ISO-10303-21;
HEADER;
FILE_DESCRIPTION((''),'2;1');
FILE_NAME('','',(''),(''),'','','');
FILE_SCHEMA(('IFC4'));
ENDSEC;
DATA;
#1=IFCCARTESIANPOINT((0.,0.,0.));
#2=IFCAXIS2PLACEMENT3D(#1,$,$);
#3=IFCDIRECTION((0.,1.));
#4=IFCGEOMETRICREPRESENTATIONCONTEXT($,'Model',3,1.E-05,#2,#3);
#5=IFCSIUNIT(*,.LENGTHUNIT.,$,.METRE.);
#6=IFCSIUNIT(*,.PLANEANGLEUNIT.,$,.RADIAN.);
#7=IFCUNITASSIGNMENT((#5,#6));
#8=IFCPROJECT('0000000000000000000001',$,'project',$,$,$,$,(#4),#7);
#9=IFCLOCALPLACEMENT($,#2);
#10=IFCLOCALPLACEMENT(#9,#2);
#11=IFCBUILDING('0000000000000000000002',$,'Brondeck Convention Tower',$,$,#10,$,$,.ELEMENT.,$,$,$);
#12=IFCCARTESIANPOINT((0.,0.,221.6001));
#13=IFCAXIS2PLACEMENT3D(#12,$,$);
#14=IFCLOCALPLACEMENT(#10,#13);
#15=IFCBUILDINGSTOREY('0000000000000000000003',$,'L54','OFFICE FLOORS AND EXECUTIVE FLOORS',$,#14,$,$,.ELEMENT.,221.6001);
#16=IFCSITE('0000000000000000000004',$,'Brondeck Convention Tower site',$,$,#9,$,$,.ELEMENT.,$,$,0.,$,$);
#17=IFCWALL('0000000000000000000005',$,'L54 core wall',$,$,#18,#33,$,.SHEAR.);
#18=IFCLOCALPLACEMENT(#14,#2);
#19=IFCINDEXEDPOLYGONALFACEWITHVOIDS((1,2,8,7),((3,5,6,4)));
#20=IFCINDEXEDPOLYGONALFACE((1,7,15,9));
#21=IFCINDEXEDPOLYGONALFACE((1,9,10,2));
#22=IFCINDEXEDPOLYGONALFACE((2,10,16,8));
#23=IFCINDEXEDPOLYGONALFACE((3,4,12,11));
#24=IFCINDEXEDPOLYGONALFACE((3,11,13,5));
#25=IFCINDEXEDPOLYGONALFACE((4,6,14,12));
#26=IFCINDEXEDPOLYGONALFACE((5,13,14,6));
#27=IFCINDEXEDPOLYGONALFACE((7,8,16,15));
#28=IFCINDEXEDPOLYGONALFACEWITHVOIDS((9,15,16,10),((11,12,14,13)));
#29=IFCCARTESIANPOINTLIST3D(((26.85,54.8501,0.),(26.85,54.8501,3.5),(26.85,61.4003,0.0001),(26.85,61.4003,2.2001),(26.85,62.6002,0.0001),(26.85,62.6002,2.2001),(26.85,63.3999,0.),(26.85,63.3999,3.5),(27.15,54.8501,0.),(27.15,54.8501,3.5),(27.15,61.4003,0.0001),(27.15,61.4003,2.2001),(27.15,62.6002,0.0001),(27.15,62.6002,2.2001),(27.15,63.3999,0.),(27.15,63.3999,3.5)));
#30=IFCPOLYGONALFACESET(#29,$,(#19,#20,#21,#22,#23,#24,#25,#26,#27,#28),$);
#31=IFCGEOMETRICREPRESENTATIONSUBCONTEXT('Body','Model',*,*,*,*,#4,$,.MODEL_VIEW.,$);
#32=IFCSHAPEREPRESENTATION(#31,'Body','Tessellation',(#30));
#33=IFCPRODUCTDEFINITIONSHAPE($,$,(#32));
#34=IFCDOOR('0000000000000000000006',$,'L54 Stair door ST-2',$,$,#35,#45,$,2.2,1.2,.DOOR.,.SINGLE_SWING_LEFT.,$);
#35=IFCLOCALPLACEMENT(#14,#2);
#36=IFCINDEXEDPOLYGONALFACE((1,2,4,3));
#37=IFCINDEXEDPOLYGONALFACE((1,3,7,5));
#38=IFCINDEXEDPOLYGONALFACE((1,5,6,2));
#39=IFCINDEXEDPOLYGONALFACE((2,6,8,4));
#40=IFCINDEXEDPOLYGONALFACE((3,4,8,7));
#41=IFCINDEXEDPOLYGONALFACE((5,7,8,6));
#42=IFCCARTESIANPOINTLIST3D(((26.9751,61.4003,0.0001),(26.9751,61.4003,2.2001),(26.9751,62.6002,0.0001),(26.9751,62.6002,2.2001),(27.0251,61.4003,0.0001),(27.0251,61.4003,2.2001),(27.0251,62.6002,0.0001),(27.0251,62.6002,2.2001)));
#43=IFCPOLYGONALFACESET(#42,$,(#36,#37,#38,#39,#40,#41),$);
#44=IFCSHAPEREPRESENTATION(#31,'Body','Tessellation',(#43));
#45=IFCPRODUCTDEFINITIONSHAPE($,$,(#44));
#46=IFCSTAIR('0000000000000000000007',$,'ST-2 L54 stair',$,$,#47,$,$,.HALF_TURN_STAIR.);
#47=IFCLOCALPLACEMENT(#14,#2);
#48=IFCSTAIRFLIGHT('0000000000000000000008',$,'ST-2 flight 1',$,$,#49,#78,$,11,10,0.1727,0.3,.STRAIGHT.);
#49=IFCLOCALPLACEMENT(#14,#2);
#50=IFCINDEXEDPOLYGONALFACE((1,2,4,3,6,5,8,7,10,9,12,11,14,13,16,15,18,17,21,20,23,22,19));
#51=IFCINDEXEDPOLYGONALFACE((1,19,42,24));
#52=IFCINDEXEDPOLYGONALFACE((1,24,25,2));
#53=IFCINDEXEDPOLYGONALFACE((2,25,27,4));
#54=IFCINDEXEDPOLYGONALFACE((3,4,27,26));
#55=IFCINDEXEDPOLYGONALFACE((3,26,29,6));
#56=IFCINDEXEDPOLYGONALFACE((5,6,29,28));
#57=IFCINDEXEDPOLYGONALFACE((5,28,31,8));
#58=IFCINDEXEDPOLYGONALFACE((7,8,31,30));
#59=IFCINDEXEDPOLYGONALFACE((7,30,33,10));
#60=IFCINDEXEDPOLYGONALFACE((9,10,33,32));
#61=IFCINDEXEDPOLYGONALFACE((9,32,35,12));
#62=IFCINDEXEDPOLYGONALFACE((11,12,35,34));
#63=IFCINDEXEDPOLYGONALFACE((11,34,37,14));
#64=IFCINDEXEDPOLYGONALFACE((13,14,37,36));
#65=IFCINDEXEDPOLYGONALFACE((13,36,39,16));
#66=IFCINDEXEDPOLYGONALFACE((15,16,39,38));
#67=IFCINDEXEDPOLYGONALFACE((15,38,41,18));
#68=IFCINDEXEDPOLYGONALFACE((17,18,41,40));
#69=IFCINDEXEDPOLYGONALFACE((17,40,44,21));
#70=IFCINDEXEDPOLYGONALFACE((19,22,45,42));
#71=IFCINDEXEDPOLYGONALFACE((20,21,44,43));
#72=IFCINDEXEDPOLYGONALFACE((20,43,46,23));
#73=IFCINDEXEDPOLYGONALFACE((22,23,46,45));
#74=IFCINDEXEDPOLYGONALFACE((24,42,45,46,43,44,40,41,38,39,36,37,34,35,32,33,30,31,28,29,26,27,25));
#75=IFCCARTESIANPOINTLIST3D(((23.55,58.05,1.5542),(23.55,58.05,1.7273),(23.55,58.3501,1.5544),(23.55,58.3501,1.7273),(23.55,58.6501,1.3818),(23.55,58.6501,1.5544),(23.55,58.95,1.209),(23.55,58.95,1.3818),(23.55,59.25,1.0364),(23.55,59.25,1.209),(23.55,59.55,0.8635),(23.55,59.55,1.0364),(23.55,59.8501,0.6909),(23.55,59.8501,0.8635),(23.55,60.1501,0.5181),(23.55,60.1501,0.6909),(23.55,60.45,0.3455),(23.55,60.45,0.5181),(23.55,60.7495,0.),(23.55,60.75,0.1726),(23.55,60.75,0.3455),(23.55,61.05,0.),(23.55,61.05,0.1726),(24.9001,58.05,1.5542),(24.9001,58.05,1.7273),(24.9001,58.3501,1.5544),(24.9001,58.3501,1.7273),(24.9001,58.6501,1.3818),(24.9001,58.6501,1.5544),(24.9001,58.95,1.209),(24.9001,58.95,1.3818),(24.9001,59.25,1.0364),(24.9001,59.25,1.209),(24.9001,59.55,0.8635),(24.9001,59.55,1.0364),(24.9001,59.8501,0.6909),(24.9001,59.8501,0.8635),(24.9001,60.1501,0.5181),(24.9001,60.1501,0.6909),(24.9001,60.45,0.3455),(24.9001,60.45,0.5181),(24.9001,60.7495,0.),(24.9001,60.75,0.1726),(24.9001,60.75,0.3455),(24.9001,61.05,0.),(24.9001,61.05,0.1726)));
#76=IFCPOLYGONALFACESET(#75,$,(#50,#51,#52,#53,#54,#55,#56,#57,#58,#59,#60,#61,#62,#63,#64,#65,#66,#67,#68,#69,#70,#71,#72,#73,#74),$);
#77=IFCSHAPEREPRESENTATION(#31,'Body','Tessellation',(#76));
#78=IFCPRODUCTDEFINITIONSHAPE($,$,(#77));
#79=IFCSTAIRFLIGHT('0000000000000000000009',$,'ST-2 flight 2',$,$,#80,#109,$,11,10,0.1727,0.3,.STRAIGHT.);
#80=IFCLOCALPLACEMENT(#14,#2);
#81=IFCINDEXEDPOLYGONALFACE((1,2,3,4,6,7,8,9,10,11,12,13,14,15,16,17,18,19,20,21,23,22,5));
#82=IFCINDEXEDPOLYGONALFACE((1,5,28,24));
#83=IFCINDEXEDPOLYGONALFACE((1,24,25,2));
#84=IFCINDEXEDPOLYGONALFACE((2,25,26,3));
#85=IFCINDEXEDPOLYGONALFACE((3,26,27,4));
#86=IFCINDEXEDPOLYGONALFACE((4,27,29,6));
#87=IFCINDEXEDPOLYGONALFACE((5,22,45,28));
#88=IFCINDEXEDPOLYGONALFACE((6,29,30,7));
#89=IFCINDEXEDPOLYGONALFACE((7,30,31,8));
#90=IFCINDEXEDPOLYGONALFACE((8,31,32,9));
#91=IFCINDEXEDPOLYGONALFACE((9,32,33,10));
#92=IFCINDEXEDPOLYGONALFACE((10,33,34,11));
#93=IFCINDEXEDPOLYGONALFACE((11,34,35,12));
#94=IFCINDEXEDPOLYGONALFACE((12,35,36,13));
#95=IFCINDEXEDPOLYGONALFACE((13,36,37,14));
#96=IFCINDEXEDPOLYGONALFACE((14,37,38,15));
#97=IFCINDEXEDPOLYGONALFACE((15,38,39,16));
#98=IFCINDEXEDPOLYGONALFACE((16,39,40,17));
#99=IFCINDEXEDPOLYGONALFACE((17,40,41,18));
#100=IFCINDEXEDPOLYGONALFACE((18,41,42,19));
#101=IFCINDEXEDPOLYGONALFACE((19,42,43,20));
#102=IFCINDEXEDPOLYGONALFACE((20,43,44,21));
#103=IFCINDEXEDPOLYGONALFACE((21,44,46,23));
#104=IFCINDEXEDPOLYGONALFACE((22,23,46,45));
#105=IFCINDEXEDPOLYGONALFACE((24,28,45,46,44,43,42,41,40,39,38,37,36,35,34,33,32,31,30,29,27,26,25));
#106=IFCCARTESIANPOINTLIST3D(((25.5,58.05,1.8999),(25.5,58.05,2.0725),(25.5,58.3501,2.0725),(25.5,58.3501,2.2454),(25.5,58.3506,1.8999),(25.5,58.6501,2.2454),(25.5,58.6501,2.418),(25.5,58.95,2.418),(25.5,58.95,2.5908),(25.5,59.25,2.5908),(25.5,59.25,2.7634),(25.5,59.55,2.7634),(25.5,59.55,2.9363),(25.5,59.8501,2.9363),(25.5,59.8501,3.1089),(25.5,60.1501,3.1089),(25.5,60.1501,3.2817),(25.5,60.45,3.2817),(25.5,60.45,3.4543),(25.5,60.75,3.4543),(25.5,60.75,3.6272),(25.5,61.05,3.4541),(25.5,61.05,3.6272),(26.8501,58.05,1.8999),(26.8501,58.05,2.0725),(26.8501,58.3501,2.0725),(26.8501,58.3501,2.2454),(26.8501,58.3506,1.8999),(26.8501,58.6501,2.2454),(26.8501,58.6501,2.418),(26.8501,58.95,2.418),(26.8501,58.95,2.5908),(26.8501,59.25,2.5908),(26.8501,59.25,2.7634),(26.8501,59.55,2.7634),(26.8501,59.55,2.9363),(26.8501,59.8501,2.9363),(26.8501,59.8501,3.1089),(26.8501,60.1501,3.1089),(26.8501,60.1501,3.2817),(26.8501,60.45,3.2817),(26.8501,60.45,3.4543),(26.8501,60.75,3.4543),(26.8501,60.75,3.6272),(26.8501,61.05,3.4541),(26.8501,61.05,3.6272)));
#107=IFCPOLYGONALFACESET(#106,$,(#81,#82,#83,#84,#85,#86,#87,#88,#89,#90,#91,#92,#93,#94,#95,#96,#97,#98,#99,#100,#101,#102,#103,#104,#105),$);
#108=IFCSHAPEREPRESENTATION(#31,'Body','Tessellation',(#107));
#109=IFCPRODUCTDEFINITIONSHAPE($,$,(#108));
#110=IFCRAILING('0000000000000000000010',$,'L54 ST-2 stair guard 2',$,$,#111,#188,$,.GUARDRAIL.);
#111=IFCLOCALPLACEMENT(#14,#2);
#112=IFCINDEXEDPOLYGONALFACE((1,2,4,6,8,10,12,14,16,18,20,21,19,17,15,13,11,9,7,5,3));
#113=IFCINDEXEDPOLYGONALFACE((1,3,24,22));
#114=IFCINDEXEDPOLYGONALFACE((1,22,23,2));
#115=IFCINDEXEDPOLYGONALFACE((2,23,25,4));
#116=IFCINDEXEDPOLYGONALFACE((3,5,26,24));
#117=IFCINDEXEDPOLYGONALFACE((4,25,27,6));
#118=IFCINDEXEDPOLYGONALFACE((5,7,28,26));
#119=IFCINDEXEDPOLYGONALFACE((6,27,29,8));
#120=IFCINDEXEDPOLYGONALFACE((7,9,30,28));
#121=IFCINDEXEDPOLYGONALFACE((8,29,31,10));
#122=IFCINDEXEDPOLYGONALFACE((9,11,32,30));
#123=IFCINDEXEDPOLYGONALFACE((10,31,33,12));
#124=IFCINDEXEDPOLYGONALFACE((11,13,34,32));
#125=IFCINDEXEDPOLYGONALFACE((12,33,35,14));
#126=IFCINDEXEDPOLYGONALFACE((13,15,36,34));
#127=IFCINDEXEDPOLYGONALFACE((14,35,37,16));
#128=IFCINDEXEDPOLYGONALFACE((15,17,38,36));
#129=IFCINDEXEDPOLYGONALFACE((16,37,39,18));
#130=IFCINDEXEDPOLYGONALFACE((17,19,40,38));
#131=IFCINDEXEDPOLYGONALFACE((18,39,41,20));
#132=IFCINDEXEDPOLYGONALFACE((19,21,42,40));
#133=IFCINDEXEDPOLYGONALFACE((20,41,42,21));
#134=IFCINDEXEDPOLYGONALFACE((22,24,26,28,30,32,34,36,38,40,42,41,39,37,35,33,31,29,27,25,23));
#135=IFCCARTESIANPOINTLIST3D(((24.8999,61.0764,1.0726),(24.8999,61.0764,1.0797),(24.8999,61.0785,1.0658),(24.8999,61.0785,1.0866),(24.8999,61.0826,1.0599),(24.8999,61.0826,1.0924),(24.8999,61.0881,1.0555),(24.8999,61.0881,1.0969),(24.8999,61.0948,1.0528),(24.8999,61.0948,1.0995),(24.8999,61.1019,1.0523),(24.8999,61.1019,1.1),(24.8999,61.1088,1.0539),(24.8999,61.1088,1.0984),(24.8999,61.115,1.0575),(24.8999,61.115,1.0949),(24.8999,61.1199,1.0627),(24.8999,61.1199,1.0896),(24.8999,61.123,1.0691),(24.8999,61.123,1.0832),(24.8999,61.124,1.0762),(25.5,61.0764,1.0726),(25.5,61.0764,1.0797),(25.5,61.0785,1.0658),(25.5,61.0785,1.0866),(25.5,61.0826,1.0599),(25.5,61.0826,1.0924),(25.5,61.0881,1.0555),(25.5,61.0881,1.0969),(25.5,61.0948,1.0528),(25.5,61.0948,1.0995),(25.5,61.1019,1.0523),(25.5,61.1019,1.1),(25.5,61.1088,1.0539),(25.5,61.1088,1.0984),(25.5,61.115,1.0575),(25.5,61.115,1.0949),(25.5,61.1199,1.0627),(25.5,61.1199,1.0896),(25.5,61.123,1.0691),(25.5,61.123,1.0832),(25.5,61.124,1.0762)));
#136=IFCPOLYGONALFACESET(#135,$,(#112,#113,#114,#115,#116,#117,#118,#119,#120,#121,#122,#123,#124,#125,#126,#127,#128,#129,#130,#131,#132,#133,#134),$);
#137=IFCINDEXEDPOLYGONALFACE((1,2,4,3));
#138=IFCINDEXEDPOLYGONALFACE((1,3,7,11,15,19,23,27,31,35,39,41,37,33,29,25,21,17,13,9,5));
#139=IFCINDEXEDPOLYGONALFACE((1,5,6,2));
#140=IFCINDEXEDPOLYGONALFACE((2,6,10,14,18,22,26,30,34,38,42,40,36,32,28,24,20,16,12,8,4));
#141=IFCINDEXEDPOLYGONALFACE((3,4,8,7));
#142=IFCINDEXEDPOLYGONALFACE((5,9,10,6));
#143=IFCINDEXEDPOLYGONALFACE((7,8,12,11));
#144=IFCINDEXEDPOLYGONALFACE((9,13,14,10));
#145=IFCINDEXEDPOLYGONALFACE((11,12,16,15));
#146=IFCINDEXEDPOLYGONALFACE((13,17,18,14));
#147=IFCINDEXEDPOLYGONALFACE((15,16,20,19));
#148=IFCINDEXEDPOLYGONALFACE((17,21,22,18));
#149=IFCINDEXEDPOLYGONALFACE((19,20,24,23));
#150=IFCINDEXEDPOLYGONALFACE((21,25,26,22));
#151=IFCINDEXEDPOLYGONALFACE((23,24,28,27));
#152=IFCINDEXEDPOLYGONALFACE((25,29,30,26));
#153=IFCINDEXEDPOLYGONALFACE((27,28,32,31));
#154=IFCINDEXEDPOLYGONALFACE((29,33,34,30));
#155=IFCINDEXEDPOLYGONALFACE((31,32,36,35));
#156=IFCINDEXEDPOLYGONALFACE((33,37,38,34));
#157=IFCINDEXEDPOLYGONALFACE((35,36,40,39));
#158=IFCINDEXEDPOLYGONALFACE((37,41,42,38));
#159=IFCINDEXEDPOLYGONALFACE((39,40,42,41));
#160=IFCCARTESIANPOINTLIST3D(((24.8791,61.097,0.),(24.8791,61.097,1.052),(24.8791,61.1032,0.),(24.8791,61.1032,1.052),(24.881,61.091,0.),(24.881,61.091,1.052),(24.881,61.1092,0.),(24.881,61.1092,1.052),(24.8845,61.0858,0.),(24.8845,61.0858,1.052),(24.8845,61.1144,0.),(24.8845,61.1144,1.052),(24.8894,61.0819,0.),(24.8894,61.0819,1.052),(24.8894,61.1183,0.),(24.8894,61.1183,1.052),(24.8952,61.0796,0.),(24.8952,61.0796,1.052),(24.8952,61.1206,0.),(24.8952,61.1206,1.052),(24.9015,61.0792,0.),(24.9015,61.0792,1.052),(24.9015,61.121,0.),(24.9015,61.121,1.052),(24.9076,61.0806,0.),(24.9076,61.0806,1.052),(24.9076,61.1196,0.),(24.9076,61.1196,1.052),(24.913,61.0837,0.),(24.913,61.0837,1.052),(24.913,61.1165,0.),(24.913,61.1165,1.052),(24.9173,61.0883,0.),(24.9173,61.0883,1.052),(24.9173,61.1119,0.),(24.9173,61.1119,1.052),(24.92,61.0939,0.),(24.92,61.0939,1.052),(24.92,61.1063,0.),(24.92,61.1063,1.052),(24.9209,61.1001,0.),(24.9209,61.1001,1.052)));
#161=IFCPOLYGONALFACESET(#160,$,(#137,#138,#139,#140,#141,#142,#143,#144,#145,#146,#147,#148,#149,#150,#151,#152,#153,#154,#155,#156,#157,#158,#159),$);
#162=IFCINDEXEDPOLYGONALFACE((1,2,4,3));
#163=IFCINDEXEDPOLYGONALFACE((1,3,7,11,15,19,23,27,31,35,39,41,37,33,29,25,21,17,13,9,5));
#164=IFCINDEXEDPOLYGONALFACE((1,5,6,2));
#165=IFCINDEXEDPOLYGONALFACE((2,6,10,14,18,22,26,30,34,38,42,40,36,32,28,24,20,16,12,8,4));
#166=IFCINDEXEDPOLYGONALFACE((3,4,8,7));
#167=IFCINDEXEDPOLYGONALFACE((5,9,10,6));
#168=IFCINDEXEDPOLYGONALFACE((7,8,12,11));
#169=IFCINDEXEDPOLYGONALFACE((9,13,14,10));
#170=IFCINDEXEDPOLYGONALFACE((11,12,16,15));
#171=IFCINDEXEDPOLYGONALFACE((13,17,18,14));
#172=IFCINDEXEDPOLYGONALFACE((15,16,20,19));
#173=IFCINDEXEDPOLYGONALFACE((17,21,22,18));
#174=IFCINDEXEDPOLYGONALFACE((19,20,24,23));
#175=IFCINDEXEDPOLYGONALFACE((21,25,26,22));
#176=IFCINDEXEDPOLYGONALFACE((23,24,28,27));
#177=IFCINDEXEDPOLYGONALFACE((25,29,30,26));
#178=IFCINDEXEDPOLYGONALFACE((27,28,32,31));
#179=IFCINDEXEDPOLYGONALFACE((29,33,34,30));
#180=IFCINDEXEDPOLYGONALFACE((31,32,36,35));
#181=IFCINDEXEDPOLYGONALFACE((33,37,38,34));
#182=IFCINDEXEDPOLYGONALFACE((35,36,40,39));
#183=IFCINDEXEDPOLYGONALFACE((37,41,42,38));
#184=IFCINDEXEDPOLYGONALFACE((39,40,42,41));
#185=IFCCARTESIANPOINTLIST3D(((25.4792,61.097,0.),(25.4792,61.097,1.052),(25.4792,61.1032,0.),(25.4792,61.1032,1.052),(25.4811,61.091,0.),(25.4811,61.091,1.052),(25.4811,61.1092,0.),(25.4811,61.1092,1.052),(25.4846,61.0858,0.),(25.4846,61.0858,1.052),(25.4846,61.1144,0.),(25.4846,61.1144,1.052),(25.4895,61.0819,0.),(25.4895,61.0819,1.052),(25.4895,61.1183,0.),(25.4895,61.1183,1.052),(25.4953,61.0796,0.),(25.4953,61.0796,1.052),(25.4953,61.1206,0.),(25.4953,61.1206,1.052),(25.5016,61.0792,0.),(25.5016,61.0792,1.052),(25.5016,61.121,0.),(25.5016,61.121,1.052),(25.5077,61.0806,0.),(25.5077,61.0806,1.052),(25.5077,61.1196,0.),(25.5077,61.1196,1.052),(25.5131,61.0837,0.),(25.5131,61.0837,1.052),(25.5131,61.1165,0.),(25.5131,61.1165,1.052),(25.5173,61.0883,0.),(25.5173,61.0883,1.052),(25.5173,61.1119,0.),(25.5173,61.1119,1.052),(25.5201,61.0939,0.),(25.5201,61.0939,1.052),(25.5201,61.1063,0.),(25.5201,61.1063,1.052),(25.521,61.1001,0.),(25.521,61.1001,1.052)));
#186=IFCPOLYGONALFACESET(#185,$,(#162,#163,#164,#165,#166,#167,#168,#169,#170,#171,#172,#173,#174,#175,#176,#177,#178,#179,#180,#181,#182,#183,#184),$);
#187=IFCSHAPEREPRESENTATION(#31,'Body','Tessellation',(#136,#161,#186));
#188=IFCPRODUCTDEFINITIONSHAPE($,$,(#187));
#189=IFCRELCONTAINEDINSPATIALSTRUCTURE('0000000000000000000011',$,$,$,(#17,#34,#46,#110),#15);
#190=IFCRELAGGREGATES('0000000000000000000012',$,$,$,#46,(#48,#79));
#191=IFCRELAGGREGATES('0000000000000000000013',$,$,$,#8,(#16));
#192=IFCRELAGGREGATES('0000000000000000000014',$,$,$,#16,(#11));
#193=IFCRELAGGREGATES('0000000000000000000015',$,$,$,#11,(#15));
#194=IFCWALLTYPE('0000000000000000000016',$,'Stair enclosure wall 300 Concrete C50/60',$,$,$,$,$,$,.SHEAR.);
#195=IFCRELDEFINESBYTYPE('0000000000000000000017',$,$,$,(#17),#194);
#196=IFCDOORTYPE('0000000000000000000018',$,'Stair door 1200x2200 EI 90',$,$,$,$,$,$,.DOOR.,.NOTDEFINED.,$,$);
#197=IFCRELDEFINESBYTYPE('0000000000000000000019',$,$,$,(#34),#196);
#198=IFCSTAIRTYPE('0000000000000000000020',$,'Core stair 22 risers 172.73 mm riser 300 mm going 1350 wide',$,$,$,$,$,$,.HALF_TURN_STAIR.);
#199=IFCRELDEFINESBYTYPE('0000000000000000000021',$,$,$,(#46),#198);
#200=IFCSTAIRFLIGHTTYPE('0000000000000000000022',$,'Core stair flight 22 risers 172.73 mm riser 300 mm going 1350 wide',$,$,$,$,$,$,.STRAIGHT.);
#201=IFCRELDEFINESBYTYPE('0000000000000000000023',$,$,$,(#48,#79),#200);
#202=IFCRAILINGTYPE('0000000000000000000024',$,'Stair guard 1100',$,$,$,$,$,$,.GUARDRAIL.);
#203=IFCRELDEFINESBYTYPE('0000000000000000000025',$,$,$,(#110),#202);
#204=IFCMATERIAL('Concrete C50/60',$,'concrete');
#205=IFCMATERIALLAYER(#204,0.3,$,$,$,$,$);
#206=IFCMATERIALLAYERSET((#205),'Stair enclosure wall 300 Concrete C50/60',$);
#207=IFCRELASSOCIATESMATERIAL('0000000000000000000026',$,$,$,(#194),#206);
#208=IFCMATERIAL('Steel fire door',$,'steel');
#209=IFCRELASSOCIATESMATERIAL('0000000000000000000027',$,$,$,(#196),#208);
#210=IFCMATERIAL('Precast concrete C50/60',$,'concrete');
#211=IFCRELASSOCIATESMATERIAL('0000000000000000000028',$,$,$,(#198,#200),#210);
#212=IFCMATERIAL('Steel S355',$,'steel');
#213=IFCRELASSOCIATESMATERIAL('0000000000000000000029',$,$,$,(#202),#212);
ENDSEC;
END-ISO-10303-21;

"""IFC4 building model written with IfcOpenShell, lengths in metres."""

from ifc_helpers import new_model, si_unit, direction, frame, frame_2d, origin, origin_2d, place, context, subcontext, project, spatial, polyline, rectangle, circle, outline, extrude, material, layer, layer_set, type_object, element, fill, aggregate, save


model = new_model("IFC4")

# Units and contexts
model_context = context("Model", 3, precision=1e-05, world=origin(), true_north=direction((0.0, 1.0)))
body_context = subcontext(model_context, "Body", "Model", "MODEL_VIEW")
ifc_project = project(units=[si_unit("LENGTHUNIT", "METRE"), si_unit("PLANEANGLEUNIT", "RADIAN")], contexts=[model_context])

# Site, building, storey
site_placement = place(None, origin())
site = spatial("IfcSite", under=ifc_project, at=site_placement, Name="Brondeck Convention Tower site", CompositionType="ELEMENT", RefElevation=0.0)
building_placement = place(site_placement, origin())
building = spatial("IfcBuilding", under=site, at=building_placement, Name="Brondeck Convention Tower", CompositionType="ELEMENT")
storey_placement = place(building_placement, frame((0.0, 0.0, 221.6001)))
storey = spatial("IfcBuildingStorey", under=building, at=storey_placement, Name="L54", Description="OFFICE FLOORS AND EXECUTIVE FLOORS", CompositionType="ELEMENT", Elevation=221.6001)

# Shared definitions
ifc_material_1 = material(Name="Concrete C50/60", Category="concrete")

# Shared definitions
ifc_material_2 = material(Name="Steel fire door", Category="steel")

# Shared definitions
ifc_layer_1 = layer(ifc_material_1, 0.3)
ifc_layer_set_1 = layer_set([ifc_layer_1], Name="Stair enclosure wall 300 Concrete C50/60")
wall_type_1 = type_object("IfcWallType", Name="Stair enclosure wall 300 Concrete C50/60", PredefinedType="SHEAR", material=ifc_layer_set_1)

# Wall, opening, door
wall_1_placement = place(storey_placement, frame((27.0, 54.8501, 0.0), z_axis=(0.0, 0.0, 1.0), x_axis=(0.0, 1.0, 0.0)))
wall_1 = element("IfcWall", 1, at=wall_1_placement, inside=storey, type_object=wall_type_1, Name="L54 core wall", PredefinedType="SHEAR", context=body_context, shape_type="SweptSolid", body=[
    extrude(rectangle(XDim=8.5498, YDim=0.3, at=frame_2d((4.2749, 0.0))), origin(), (0.0, 0.0, 1.0), 3.5),
])
opening_1_placement = place(wall_1_placement, frame((6.55, 0.0, 0.0)))
opening_1 = element("IfcOpeningElement", 2, at=opening_1_placement, cuts=wall_1, PredefinedType="OPENING", context=body_context, shape_type="SweptSolid", body=[
    extrude(rectangle(XDim=1.2, YDim=2.2, at=frame_2d((0.6001, 1.1001))), frame((0.0, 0.1599, 0.0), z_axis=(0.0, -1.0, 0.0), x_axis=(1.0, 0.0, 0.0)), (0.0, 0.0, 1.0), 0.3201),
])
door_type_1 = type_object("IfcDoorType", Name="Stair door 1200x2200 EI 90", OperationType="NOTDEFINED", PredefinedType="DOOR", material=ifc_material_2)
door_1_placement = place(opening_1_placement, origin())
door_1 = element("IfcDoor", 3, at=door_1_placement, inside=storey, type_object=door_type_1, Name="L54 Stair door ST-2", OperationType="SINGLE_SWING_LEFT", OverallHeight=2.2, OverallWidth=1.2, PredefinedType="DOOR", context=body_context, shape_type="SweptSolid", body=[
    extrude(rectangle(XDim=1.2, YDim=2.2, at=frame_2d((0.6001, 1.1001))), frame((0.0, 0.0249, 0.0), z_axis=(0.0, -1.0, 0.0), x_axis=(1.0, 0.0, 0.0)), (0.0, 0.0, 1.0), 0.05),
])
fill(opening_1, door_1)

# Stair, stair flights
ifc_material_3 = material(Name="Precast concrete C50/60", Category="concrete")
stair_type = type_object("IfcStairType", Name="Core stair 22 risers 172.73 mm riser 300 mm going 1350 wide", PredefinedType="HALF_TURN_STAIR", material=ifc_material_3)
stair_placement = place(storey_placement, origin())
stair = element("IfcStair", 4, at=stair_placement, inside=storey, type_object=stair_type, Name="ST-2 L54 stair", PredefinedType="HALF_TURN_STAIR")
stair_flight_type = type_object("IfcStairFlightType", Name="Core stair flight 22 risers 172.73 mm riser 300 mm going 1350 wide", PredefinedType="STRAIGHT", material=ifc_material_3)
stair_flight_1_placement = place(storey_placement, frame((24.2251, 61.05, 0.0), z_axis=(0.0, 0.0, 1.0), x_axis=(0.0, -1.0, 0.0)))
stair_flight_1 = element("IfcStairFlight", 5, at=stair_flight_1_placement, type_object=stair_flight_type, Name="ST-2 flight 1", NumberOfRisers=11, NumberOfTreads=10, PredefinedType="STRAIGHT", RiserHeight=0.1727, TreadLength=0.3, context=body_context, shape_type="SweptSolid", body=[
    extrude(outline(polyline([(0.0, 0.0), (0.0, 0.1726), (0.3, 0.1726), (0.3, 0.3455), (0.6001, 0.3455), (0.6001, 0.5181), (0.8999, 0.5181), (0.8999, 0.6909), (1.2, 0.6909), (1.2, 0.8635), (1.5, 0.8635), (1.5, 1.0364), (1.8, 1.0364), (1.8, 1.209), (2.1001, 1.209), (2.1001, 1.3818), (2.3999, 1.3818), (2.3999, 1.5544), (2.7, 1.5544), (2.7, 1.7273), (3.0, 1.7273), (3.0, 1.8999), (3.0, 1.5542), (0.3005, 0.0), (0.0, 0.0)])), frame((0.0, 0.675, 0.0), z_axis=(0.0, -1.0, 0.0), x_axis=(1.0, 0.0, 0.0)), (0.0, 0.0, 1.0), 1.3501),
])
stair_flight_2_placement = place(storey_placement, frame((26.175, 58.05, 1.8999), z_axis=(0.0, 0.0, 1.0), x_axis=(0.0, 1.0, 0.0)))
stair_flight_2 = element("IfcStairFlight", 6, at=stair_flight_2_placement, type_object=stair_flight_type, Name="ST-2 flight 2", NumberOfRisers=11, NumberOfTreads=10, PredefinedType="STRAIGHT", RiserHeight=0.1727, TreadLength=0.3, context=body_context, shape_type="SweptSolid", body=[
    extrude(outline(polyline([(0.0, 0.0), (0.0, 0.1726), (0.3, 0.1726), (0.3, 0.3455), (0.6001, 0.3455), (0.6001, 0.5181), (0.8999, 0.5181), (0.8999, 0.6909), (1.2, 0.6909), (1.2, 0.8635), (1.5, 0.8635), (1.5, 1.0364), (1.8, 1.0364), (1.8, 1.209), (2.1001, 1.209), (2.1001, 1.3818), (2.3999, 1.3818), (2.3999, 1.5544), (2.7, 1.5544), (2.7, 1.7273), (3.0, 1.7273), (3.0, 1.8999), (3.0, 1.5542), (0.3005, 0.0), (0.0, 0.0)])), frame((0.0, 0.675, 0.0), z_axis=(0.0, -1.0, 0.0), x_axis=(1.0, 0.0, 0.0)), (0.0, 0.0, 1.0), 1.3501),
])
aggregate(stair, [stair_flight_1, stair_flight_2])

# Railing
ifc_material_4 = material(Name="Steel S355", Category="steel")
railing_type_1 = type_object("IfcRailingType", Name="Stair guard 1100", PredefinedType="GUARDRAIL", material=ifc_material_4)
railing_1_placement = place(storey_placement, frame((24.8999, 61.1001, 0.0)))
element("IfcRailing", 7, at=railing_1_placement, inside=storey, type_object=railing_type_1, Name="L54 ST-2 stair guard 2", PredefinedType="GUARDRAIL", context=body_context, shape_type="SweptSolid", body=[
    extrude(circle(Radius=0.0239, at=origin_2d()), frame((0.0, 0.0, 1.0762), z_axis=(1.0, 0.0, 0.0), x_axis=(0.0, 1.0, 0.0)), (0.0, 0.0, 1.0), 0.6001),
    extrude(circle(Radius=0.021, at=origin_2d()), origin(), (0.0, 0.0, 1.0), 1.052),
    extrude(circle(Radius=0.021, at=origin_2d()), frame((0.6001, 0.0, 0.0)), (0.0, 0.0, 1.0), 1.052),
])

save(model, "model.ifc")
